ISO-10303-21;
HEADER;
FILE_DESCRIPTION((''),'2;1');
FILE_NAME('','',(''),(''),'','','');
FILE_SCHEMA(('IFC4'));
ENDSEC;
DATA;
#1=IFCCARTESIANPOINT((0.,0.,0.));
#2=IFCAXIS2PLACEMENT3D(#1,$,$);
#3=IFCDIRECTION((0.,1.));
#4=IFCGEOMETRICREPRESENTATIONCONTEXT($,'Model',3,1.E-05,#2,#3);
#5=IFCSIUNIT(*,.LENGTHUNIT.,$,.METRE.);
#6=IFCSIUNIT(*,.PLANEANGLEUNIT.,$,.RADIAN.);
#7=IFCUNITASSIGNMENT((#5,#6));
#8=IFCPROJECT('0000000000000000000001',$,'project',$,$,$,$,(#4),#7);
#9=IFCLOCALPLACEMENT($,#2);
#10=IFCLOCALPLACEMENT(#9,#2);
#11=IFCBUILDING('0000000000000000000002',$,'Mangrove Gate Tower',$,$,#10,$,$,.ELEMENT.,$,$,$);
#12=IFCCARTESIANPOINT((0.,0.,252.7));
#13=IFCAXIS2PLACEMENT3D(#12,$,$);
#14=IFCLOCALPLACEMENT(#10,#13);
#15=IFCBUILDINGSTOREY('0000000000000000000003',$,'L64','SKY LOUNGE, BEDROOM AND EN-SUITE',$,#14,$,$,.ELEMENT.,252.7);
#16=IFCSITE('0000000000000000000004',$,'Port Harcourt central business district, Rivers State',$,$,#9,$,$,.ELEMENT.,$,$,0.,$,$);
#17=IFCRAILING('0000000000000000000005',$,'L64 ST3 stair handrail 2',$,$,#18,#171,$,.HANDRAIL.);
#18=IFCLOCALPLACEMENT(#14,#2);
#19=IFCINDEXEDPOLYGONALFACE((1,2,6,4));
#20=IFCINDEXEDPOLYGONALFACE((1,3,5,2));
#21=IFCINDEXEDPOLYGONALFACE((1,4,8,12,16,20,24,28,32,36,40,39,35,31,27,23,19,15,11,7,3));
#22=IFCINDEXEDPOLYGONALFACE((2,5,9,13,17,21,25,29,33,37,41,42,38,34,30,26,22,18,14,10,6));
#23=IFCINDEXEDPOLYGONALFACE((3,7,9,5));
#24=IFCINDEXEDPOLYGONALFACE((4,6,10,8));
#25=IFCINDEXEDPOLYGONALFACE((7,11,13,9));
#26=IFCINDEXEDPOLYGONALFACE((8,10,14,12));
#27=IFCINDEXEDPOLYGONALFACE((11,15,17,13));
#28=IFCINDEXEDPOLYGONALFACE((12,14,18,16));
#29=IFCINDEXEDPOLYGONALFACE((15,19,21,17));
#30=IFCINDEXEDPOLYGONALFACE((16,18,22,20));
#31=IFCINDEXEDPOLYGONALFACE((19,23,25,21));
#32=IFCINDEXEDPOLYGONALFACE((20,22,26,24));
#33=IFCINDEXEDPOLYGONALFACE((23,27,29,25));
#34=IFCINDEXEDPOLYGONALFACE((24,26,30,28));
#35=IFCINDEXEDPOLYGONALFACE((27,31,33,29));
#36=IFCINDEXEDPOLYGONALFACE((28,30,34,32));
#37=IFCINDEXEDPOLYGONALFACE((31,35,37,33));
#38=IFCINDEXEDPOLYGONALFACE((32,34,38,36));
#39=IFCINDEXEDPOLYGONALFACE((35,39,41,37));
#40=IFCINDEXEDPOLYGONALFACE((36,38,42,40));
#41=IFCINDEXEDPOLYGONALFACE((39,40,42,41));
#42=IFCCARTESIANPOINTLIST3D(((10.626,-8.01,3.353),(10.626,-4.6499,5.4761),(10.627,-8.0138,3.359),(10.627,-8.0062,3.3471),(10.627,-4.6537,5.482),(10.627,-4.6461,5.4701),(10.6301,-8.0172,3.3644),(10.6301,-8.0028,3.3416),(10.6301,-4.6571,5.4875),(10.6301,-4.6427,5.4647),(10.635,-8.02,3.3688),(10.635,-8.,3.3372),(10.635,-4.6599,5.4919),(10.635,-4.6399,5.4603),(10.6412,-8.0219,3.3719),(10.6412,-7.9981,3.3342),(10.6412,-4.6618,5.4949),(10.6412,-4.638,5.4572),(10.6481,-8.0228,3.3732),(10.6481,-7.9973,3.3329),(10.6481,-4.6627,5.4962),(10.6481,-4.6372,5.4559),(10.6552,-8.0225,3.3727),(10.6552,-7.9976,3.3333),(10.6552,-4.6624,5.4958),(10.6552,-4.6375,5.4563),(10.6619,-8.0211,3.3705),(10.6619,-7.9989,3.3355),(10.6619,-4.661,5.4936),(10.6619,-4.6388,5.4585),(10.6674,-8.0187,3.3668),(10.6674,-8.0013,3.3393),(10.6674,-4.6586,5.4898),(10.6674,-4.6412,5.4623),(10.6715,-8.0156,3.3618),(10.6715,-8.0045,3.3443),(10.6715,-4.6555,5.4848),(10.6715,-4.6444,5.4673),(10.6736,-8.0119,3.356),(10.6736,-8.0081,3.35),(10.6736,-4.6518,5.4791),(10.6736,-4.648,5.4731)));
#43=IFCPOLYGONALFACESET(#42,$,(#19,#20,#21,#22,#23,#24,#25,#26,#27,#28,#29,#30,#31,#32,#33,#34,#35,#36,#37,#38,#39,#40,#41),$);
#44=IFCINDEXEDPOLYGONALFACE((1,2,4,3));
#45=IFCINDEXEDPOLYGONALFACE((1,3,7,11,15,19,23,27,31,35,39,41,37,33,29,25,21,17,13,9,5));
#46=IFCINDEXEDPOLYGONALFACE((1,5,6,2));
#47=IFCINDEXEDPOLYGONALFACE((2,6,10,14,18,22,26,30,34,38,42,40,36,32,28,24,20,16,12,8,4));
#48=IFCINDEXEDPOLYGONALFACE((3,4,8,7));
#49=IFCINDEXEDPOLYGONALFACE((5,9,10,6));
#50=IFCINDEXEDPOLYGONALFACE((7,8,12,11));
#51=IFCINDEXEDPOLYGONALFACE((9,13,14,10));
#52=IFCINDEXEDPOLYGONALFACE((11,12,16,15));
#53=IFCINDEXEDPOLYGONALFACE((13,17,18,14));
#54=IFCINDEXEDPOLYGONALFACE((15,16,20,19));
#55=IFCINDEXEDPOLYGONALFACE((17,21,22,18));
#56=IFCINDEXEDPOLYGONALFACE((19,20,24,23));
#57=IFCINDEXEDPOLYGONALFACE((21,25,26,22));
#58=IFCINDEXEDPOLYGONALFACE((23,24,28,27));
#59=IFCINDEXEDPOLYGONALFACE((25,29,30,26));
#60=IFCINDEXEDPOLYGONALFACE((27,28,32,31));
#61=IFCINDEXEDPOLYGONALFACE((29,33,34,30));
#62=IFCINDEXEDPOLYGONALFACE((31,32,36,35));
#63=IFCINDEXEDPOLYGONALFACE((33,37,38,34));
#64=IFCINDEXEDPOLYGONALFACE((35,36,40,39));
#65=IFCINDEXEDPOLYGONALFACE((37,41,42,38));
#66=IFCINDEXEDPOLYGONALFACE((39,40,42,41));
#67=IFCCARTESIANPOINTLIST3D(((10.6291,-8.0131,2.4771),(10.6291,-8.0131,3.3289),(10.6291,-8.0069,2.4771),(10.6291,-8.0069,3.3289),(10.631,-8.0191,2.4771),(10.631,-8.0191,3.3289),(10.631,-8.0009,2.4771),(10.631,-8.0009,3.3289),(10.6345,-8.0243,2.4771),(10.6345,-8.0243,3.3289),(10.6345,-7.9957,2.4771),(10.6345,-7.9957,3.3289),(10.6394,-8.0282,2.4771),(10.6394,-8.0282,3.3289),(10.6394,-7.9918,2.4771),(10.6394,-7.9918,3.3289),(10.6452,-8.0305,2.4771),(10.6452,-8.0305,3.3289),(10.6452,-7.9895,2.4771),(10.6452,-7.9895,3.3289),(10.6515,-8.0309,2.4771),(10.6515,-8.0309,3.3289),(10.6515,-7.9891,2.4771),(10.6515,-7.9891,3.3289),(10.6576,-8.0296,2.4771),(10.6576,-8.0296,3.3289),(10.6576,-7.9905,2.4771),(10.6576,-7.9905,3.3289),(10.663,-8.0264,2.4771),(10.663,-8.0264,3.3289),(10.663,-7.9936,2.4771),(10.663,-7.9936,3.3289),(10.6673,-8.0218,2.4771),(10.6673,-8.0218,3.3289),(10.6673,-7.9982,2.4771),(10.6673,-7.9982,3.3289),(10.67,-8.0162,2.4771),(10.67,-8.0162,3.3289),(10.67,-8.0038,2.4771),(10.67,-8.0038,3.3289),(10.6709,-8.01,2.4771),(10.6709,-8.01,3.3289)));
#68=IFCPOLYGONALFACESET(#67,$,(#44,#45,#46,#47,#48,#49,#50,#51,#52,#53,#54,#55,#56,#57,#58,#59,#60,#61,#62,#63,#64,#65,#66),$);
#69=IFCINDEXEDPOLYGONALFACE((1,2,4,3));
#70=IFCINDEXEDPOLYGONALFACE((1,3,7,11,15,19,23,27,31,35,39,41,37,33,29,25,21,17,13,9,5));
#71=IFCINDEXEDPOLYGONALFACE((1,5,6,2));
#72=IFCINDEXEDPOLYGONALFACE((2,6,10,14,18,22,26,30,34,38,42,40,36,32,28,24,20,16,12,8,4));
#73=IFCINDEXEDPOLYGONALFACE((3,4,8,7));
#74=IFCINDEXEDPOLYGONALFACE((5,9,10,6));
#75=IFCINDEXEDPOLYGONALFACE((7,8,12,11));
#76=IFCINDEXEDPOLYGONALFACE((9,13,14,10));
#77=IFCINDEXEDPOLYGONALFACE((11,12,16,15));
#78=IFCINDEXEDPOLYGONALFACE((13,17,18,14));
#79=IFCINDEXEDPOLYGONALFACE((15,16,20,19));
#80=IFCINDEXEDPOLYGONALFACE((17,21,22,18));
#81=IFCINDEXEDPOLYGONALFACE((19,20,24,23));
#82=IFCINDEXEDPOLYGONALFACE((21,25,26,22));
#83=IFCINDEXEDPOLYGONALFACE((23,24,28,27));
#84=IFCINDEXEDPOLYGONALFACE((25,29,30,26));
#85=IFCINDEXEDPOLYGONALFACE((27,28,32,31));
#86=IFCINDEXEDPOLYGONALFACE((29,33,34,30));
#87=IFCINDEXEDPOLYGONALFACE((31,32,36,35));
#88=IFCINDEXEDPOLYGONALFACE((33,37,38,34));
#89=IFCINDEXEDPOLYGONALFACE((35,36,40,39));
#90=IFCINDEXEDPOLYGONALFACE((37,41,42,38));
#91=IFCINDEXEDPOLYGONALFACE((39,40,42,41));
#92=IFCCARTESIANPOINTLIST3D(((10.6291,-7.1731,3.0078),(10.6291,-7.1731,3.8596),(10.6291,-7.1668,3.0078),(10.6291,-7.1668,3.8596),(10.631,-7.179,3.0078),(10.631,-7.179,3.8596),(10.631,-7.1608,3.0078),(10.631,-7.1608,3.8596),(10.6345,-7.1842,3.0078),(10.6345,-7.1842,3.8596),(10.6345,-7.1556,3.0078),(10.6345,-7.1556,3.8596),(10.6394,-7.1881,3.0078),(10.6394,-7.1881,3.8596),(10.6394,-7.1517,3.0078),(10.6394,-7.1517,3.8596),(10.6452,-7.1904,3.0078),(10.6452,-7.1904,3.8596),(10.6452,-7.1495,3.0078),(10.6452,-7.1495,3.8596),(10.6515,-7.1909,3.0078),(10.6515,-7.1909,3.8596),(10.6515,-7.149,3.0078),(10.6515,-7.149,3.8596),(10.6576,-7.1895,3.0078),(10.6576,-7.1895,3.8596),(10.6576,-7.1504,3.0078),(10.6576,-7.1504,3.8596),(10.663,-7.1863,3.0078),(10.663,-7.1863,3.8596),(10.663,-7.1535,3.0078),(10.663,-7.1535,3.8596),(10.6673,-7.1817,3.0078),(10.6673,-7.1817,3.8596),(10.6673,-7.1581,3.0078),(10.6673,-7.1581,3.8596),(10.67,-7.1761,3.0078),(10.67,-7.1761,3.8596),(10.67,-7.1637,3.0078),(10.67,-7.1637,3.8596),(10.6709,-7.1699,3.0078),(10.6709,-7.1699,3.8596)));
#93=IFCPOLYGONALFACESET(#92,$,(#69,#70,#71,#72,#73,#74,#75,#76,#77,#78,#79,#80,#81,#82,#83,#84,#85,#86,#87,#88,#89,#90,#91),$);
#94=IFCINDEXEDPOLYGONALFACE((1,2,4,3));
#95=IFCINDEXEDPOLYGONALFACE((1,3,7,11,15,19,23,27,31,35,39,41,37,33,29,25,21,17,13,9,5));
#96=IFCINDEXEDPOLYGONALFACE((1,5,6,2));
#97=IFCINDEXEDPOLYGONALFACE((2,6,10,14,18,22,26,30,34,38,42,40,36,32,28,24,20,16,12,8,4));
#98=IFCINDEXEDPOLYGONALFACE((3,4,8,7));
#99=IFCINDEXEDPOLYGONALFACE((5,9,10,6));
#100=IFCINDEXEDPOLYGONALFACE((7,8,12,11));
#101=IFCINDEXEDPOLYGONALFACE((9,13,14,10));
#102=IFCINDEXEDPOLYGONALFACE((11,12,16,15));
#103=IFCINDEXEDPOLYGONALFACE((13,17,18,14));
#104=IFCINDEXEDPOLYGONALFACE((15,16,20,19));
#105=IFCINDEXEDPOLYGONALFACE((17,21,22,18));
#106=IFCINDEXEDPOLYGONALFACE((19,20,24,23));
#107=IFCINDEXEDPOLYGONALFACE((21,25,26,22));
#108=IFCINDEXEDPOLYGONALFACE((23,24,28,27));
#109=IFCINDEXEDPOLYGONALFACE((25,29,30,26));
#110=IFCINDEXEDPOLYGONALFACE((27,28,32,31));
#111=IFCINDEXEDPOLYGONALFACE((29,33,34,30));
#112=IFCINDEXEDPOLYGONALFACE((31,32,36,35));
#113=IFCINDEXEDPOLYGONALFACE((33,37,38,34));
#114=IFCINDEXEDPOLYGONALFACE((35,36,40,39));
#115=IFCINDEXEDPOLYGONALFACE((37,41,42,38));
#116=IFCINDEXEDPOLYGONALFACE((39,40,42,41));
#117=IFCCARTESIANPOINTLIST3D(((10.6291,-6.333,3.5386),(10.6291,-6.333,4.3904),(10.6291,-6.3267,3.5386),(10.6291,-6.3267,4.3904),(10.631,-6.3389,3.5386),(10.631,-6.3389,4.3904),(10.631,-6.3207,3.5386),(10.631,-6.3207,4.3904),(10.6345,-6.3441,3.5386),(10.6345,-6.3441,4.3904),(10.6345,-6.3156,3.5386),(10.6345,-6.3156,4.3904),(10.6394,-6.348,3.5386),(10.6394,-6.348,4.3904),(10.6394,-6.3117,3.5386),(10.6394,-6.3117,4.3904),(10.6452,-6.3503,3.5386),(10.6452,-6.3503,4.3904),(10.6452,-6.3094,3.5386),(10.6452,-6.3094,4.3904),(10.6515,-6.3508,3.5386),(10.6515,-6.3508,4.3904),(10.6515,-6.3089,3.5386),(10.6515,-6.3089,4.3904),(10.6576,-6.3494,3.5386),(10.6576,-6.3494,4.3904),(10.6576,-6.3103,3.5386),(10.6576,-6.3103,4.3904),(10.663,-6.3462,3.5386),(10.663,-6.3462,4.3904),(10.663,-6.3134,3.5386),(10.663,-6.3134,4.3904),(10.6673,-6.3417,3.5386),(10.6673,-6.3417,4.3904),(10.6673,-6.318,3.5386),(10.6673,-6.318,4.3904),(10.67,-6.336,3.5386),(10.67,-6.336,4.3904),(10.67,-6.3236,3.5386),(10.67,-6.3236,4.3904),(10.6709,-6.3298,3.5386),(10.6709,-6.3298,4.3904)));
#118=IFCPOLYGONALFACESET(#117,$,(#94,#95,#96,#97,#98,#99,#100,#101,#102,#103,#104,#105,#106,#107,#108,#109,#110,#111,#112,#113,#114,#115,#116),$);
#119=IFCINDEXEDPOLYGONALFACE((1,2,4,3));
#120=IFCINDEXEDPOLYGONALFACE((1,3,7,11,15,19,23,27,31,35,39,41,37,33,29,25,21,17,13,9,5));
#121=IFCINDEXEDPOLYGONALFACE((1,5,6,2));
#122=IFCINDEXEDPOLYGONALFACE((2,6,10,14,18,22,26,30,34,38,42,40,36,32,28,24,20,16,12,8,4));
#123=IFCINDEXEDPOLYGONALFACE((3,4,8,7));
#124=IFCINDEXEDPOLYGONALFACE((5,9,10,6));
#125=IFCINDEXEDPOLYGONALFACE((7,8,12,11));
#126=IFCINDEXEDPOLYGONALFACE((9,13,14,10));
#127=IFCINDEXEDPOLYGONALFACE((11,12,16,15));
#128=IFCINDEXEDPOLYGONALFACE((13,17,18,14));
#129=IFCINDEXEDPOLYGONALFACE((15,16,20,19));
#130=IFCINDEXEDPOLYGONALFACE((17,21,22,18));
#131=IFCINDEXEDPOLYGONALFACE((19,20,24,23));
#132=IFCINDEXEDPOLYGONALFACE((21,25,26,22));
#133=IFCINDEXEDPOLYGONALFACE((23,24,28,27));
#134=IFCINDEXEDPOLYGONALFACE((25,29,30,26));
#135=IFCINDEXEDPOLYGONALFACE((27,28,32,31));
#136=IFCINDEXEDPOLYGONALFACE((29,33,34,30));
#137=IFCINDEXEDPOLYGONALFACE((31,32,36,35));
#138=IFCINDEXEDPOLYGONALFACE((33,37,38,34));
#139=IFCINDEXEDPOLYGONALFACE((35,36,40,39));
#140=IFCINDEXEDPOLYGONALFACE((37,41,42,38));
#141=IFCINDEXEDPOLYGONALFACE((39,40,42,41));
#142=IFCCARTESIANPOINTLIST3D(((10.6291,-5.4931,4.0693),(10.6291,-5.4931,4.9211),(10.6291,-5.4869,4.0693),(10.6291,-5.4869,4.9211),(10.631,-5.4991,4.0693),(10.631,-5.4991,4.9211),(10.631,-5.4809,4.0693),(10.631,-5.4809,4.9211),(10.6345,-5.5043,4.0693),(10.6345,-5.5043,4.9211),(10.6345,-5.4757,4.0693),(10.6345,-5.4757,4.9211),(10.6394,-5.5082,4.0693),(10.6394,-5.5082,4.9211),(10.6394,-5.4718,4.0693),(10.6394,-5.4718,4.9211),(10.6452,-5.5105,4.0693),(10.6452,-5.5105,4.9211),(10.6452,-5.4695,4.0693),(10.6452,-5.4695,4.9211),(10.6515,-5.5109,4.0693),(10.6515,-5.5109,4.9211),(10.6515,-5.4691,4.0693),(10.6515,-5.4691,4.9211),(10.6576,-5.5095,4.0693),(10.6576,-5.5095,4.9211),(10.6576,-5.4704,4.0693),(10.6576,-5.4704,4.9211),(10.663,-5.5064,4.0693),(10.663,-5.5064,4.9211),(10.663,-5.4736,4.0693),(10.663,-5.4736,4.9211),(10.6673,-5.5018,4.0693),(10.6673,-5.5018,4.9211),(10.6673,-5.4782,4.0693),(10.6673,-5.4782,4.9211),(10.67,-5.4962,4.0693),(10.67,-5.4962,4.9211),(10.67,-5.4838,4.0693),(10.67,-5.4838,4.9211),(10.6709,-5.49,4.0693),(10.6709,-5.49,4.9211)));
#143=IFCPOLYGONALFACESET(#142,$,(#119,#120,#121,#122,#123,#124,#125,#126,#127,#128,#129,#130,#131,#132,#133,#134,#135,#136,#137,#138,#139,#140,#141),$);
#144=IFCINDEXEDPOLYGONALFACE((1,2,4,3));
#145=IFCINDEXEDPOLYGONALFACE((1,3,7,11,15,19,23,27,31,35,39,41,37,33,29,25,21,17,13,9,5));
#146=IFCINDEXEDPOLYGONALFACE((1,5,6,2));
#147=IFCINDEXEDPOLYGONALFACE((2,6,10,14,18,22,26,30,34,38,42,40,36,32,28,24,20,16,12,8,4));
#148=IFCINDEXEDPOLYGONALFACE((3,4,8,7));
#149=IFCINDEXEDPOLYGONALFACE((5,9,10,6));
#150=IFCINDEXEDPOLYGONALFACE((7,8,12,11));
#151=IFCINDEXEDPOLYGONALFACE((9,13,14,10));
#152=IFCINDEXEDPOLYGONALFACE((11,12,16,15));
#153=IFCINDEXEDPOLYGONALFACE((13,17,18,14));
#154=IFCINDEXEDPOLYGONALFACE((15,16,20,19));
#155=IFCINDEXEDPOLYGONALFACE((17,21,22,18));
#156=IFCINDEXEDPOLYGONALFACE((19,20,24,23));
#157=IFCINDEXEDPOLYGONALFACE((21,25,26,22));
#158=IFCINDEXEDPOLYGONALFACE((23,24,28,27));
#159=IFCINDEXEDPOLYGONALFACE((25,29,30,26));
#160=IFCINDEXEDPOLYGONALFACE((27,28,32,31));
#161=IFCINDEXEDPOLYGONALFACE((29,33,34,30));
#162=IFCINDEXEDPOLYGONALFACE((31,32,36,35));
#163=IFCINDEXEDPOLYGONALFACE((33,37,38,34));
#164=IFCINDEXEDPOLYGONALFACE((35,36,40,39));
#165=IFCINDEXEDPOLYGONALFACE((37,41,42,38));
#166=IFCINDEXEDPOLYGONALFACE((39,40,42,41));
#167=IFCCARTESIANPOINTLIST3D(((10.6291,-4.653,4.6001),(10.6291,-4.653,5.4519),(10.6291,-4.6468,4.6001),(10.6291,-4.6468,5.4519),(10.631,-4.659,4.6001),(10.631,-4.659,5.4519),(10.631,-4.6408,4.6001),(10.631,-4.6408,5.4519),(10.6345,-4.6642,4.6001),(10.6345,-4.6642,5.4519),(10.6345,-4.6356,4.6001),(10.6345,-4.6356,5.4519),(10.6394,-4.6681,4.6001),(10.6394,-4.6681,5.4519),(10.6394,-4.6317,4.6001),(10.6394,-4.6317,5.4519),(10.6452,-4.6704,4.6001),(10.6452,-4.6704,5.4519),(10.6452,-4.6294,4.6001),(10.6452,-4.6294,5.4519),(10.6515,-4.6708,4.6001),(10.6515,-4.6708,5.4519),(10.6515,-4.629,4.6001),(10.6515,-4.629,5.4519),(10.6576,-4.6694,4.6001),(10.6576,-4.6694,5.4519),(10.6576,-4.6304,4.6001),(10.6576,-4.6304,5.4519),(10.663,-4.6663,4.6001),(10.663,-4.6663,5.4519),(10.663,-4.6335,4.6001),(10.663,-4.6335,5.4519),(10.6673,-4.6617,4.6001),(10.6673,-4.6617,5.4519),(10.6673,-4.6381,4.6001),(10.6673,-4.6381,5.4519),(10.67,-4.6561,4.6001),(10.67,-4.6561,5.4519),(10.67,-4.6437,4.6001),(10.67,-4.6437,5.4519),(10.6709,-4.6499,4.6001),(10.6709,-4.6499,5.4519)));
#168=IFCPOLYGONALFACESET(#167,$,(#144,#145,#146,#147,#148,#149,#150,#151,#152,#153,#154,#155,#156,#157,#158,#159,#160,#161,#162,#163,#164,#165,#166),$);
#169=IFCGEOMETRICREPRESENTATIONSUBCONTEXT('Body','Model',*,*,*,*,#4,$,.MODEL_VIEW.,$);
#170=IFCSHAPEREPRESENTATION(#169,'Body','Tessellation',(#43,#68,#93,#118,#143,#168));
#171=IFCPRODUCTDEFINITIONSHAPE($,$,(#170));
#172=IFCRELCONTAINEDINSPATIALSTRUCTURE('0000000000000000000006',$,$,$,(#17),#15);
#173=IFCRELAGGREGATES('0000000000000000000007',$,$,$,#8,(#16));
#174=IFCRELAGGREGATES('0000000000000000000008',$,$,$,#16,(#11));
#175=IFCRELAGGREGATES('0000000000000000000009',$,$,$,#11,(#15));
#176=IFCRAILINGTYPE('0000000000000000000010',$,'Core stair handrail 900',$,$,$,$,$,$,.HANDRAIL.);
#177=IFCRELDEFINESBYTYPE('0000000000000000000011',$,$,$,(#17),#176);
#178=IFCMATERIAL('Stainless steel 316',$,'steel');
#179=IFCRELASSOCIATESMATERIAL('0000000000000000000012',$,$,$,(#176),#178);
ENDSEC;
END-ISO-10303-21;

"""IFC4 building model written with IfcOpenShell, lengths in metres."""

from ifc_helpers import new_model, si_unit, direction, frame, origin, origin_2d, place, context, subcontext, project, spatial, circle, extrude, material, type_object, element, save


model = new_model("IFC4")

# Units and contexts
model_context = context("Model", 3, precision=1e-05, world=origin(), true_north=direction((0.0, 1.0)))
body_context = subcontext(model_context, "Body", "Model", "MODEL_VIEW")
ifc_project = project(units=[si_unit("LENGTHUNIT", "METRE"), si_unit("PLANEANGLEUNIT", "RADIAN")], contexts=[model_context])

# Site, building, storey
site_placement = place(None, origin())
site = spatial("IfcSite", under=ifc_project, at=site_placement, Name="Port Harcourt central business district, Rivers State", CompositionType="ELEMENT", RefElevation=0.0)
building_placement = place(site_placement, origin())
building = spatial("IfcBuilding", under=site, at=building_placement, Name="Mangrove Gate Tower", CompositionType="ELEMENT")
storey_placement = place(building_placement, frame((0.0, 0.0, 252.7)))
storey = spatial("IfcBuildingStorey", under=building, at=storey_placement, Name="L64", Description="SKY LOUNGE, BEDROOM AND EN-SUITE", CompositionType="ELEMENT", Elevation=252.7)

# Railing
ifc_material_1 = material(Name="Stainless steel 316", Category="steel")
railing_type_1 = type_object("IfcRailingType", Name="Core stair handrail 900", PredefinedType="HANDRAIL", material=ifc_material_1)
railing_1_placement = place(storey_placement, frame((10.6499, -8.01, 2.4771)))
element("IfcRailing", 1, at=railing_1_placement, inside=storey, type_object=railing_type_1, Name="L64 ST3 stair handrail 2", PredefinedType="HANDRAIL", context=body_context, shape_type="SweptSolid", body=[
    extrude(circle(Radius=0.0239, at=origin_2d()), frame((0.0, 0.0, 0.876), z_axis=(0.0, 0.84539, 0.53415), x_axis=(-1.0, 0.0, 0.0)), (0.0, 0.0, 1.0), 3.9746),
    extrude(circle(Radius=0.021, at=origin_2d()), origin(), (0.0, 0.0, 1.0), 0.8518),
    extrude(circle(Radius=0.021, at=origin_2d()), frame((0.0, 0.8401, 0.5308)), (0.0, 0.0, 1.0), 0.8518),
    extrude(circle(Radius=0.021, at=origin_2d()), frame((0.0, 1.6802, 1.0615)), (0.0, 0.0, 1.0), 0.8518),
    extrude(circle(Radius=0.021, at=origin_2d()), frame((0.0, 2.52, 1.5923)), (0.0, 0.0, 1.0), 0.8518),
    extrude(circle(Radius=0.021, at=origin_2d()), frame((0.0, 3.3601, 2.123)), (0.0, 0.0, 1.0), 0.8518),
])

save(model, "model.ifc")
